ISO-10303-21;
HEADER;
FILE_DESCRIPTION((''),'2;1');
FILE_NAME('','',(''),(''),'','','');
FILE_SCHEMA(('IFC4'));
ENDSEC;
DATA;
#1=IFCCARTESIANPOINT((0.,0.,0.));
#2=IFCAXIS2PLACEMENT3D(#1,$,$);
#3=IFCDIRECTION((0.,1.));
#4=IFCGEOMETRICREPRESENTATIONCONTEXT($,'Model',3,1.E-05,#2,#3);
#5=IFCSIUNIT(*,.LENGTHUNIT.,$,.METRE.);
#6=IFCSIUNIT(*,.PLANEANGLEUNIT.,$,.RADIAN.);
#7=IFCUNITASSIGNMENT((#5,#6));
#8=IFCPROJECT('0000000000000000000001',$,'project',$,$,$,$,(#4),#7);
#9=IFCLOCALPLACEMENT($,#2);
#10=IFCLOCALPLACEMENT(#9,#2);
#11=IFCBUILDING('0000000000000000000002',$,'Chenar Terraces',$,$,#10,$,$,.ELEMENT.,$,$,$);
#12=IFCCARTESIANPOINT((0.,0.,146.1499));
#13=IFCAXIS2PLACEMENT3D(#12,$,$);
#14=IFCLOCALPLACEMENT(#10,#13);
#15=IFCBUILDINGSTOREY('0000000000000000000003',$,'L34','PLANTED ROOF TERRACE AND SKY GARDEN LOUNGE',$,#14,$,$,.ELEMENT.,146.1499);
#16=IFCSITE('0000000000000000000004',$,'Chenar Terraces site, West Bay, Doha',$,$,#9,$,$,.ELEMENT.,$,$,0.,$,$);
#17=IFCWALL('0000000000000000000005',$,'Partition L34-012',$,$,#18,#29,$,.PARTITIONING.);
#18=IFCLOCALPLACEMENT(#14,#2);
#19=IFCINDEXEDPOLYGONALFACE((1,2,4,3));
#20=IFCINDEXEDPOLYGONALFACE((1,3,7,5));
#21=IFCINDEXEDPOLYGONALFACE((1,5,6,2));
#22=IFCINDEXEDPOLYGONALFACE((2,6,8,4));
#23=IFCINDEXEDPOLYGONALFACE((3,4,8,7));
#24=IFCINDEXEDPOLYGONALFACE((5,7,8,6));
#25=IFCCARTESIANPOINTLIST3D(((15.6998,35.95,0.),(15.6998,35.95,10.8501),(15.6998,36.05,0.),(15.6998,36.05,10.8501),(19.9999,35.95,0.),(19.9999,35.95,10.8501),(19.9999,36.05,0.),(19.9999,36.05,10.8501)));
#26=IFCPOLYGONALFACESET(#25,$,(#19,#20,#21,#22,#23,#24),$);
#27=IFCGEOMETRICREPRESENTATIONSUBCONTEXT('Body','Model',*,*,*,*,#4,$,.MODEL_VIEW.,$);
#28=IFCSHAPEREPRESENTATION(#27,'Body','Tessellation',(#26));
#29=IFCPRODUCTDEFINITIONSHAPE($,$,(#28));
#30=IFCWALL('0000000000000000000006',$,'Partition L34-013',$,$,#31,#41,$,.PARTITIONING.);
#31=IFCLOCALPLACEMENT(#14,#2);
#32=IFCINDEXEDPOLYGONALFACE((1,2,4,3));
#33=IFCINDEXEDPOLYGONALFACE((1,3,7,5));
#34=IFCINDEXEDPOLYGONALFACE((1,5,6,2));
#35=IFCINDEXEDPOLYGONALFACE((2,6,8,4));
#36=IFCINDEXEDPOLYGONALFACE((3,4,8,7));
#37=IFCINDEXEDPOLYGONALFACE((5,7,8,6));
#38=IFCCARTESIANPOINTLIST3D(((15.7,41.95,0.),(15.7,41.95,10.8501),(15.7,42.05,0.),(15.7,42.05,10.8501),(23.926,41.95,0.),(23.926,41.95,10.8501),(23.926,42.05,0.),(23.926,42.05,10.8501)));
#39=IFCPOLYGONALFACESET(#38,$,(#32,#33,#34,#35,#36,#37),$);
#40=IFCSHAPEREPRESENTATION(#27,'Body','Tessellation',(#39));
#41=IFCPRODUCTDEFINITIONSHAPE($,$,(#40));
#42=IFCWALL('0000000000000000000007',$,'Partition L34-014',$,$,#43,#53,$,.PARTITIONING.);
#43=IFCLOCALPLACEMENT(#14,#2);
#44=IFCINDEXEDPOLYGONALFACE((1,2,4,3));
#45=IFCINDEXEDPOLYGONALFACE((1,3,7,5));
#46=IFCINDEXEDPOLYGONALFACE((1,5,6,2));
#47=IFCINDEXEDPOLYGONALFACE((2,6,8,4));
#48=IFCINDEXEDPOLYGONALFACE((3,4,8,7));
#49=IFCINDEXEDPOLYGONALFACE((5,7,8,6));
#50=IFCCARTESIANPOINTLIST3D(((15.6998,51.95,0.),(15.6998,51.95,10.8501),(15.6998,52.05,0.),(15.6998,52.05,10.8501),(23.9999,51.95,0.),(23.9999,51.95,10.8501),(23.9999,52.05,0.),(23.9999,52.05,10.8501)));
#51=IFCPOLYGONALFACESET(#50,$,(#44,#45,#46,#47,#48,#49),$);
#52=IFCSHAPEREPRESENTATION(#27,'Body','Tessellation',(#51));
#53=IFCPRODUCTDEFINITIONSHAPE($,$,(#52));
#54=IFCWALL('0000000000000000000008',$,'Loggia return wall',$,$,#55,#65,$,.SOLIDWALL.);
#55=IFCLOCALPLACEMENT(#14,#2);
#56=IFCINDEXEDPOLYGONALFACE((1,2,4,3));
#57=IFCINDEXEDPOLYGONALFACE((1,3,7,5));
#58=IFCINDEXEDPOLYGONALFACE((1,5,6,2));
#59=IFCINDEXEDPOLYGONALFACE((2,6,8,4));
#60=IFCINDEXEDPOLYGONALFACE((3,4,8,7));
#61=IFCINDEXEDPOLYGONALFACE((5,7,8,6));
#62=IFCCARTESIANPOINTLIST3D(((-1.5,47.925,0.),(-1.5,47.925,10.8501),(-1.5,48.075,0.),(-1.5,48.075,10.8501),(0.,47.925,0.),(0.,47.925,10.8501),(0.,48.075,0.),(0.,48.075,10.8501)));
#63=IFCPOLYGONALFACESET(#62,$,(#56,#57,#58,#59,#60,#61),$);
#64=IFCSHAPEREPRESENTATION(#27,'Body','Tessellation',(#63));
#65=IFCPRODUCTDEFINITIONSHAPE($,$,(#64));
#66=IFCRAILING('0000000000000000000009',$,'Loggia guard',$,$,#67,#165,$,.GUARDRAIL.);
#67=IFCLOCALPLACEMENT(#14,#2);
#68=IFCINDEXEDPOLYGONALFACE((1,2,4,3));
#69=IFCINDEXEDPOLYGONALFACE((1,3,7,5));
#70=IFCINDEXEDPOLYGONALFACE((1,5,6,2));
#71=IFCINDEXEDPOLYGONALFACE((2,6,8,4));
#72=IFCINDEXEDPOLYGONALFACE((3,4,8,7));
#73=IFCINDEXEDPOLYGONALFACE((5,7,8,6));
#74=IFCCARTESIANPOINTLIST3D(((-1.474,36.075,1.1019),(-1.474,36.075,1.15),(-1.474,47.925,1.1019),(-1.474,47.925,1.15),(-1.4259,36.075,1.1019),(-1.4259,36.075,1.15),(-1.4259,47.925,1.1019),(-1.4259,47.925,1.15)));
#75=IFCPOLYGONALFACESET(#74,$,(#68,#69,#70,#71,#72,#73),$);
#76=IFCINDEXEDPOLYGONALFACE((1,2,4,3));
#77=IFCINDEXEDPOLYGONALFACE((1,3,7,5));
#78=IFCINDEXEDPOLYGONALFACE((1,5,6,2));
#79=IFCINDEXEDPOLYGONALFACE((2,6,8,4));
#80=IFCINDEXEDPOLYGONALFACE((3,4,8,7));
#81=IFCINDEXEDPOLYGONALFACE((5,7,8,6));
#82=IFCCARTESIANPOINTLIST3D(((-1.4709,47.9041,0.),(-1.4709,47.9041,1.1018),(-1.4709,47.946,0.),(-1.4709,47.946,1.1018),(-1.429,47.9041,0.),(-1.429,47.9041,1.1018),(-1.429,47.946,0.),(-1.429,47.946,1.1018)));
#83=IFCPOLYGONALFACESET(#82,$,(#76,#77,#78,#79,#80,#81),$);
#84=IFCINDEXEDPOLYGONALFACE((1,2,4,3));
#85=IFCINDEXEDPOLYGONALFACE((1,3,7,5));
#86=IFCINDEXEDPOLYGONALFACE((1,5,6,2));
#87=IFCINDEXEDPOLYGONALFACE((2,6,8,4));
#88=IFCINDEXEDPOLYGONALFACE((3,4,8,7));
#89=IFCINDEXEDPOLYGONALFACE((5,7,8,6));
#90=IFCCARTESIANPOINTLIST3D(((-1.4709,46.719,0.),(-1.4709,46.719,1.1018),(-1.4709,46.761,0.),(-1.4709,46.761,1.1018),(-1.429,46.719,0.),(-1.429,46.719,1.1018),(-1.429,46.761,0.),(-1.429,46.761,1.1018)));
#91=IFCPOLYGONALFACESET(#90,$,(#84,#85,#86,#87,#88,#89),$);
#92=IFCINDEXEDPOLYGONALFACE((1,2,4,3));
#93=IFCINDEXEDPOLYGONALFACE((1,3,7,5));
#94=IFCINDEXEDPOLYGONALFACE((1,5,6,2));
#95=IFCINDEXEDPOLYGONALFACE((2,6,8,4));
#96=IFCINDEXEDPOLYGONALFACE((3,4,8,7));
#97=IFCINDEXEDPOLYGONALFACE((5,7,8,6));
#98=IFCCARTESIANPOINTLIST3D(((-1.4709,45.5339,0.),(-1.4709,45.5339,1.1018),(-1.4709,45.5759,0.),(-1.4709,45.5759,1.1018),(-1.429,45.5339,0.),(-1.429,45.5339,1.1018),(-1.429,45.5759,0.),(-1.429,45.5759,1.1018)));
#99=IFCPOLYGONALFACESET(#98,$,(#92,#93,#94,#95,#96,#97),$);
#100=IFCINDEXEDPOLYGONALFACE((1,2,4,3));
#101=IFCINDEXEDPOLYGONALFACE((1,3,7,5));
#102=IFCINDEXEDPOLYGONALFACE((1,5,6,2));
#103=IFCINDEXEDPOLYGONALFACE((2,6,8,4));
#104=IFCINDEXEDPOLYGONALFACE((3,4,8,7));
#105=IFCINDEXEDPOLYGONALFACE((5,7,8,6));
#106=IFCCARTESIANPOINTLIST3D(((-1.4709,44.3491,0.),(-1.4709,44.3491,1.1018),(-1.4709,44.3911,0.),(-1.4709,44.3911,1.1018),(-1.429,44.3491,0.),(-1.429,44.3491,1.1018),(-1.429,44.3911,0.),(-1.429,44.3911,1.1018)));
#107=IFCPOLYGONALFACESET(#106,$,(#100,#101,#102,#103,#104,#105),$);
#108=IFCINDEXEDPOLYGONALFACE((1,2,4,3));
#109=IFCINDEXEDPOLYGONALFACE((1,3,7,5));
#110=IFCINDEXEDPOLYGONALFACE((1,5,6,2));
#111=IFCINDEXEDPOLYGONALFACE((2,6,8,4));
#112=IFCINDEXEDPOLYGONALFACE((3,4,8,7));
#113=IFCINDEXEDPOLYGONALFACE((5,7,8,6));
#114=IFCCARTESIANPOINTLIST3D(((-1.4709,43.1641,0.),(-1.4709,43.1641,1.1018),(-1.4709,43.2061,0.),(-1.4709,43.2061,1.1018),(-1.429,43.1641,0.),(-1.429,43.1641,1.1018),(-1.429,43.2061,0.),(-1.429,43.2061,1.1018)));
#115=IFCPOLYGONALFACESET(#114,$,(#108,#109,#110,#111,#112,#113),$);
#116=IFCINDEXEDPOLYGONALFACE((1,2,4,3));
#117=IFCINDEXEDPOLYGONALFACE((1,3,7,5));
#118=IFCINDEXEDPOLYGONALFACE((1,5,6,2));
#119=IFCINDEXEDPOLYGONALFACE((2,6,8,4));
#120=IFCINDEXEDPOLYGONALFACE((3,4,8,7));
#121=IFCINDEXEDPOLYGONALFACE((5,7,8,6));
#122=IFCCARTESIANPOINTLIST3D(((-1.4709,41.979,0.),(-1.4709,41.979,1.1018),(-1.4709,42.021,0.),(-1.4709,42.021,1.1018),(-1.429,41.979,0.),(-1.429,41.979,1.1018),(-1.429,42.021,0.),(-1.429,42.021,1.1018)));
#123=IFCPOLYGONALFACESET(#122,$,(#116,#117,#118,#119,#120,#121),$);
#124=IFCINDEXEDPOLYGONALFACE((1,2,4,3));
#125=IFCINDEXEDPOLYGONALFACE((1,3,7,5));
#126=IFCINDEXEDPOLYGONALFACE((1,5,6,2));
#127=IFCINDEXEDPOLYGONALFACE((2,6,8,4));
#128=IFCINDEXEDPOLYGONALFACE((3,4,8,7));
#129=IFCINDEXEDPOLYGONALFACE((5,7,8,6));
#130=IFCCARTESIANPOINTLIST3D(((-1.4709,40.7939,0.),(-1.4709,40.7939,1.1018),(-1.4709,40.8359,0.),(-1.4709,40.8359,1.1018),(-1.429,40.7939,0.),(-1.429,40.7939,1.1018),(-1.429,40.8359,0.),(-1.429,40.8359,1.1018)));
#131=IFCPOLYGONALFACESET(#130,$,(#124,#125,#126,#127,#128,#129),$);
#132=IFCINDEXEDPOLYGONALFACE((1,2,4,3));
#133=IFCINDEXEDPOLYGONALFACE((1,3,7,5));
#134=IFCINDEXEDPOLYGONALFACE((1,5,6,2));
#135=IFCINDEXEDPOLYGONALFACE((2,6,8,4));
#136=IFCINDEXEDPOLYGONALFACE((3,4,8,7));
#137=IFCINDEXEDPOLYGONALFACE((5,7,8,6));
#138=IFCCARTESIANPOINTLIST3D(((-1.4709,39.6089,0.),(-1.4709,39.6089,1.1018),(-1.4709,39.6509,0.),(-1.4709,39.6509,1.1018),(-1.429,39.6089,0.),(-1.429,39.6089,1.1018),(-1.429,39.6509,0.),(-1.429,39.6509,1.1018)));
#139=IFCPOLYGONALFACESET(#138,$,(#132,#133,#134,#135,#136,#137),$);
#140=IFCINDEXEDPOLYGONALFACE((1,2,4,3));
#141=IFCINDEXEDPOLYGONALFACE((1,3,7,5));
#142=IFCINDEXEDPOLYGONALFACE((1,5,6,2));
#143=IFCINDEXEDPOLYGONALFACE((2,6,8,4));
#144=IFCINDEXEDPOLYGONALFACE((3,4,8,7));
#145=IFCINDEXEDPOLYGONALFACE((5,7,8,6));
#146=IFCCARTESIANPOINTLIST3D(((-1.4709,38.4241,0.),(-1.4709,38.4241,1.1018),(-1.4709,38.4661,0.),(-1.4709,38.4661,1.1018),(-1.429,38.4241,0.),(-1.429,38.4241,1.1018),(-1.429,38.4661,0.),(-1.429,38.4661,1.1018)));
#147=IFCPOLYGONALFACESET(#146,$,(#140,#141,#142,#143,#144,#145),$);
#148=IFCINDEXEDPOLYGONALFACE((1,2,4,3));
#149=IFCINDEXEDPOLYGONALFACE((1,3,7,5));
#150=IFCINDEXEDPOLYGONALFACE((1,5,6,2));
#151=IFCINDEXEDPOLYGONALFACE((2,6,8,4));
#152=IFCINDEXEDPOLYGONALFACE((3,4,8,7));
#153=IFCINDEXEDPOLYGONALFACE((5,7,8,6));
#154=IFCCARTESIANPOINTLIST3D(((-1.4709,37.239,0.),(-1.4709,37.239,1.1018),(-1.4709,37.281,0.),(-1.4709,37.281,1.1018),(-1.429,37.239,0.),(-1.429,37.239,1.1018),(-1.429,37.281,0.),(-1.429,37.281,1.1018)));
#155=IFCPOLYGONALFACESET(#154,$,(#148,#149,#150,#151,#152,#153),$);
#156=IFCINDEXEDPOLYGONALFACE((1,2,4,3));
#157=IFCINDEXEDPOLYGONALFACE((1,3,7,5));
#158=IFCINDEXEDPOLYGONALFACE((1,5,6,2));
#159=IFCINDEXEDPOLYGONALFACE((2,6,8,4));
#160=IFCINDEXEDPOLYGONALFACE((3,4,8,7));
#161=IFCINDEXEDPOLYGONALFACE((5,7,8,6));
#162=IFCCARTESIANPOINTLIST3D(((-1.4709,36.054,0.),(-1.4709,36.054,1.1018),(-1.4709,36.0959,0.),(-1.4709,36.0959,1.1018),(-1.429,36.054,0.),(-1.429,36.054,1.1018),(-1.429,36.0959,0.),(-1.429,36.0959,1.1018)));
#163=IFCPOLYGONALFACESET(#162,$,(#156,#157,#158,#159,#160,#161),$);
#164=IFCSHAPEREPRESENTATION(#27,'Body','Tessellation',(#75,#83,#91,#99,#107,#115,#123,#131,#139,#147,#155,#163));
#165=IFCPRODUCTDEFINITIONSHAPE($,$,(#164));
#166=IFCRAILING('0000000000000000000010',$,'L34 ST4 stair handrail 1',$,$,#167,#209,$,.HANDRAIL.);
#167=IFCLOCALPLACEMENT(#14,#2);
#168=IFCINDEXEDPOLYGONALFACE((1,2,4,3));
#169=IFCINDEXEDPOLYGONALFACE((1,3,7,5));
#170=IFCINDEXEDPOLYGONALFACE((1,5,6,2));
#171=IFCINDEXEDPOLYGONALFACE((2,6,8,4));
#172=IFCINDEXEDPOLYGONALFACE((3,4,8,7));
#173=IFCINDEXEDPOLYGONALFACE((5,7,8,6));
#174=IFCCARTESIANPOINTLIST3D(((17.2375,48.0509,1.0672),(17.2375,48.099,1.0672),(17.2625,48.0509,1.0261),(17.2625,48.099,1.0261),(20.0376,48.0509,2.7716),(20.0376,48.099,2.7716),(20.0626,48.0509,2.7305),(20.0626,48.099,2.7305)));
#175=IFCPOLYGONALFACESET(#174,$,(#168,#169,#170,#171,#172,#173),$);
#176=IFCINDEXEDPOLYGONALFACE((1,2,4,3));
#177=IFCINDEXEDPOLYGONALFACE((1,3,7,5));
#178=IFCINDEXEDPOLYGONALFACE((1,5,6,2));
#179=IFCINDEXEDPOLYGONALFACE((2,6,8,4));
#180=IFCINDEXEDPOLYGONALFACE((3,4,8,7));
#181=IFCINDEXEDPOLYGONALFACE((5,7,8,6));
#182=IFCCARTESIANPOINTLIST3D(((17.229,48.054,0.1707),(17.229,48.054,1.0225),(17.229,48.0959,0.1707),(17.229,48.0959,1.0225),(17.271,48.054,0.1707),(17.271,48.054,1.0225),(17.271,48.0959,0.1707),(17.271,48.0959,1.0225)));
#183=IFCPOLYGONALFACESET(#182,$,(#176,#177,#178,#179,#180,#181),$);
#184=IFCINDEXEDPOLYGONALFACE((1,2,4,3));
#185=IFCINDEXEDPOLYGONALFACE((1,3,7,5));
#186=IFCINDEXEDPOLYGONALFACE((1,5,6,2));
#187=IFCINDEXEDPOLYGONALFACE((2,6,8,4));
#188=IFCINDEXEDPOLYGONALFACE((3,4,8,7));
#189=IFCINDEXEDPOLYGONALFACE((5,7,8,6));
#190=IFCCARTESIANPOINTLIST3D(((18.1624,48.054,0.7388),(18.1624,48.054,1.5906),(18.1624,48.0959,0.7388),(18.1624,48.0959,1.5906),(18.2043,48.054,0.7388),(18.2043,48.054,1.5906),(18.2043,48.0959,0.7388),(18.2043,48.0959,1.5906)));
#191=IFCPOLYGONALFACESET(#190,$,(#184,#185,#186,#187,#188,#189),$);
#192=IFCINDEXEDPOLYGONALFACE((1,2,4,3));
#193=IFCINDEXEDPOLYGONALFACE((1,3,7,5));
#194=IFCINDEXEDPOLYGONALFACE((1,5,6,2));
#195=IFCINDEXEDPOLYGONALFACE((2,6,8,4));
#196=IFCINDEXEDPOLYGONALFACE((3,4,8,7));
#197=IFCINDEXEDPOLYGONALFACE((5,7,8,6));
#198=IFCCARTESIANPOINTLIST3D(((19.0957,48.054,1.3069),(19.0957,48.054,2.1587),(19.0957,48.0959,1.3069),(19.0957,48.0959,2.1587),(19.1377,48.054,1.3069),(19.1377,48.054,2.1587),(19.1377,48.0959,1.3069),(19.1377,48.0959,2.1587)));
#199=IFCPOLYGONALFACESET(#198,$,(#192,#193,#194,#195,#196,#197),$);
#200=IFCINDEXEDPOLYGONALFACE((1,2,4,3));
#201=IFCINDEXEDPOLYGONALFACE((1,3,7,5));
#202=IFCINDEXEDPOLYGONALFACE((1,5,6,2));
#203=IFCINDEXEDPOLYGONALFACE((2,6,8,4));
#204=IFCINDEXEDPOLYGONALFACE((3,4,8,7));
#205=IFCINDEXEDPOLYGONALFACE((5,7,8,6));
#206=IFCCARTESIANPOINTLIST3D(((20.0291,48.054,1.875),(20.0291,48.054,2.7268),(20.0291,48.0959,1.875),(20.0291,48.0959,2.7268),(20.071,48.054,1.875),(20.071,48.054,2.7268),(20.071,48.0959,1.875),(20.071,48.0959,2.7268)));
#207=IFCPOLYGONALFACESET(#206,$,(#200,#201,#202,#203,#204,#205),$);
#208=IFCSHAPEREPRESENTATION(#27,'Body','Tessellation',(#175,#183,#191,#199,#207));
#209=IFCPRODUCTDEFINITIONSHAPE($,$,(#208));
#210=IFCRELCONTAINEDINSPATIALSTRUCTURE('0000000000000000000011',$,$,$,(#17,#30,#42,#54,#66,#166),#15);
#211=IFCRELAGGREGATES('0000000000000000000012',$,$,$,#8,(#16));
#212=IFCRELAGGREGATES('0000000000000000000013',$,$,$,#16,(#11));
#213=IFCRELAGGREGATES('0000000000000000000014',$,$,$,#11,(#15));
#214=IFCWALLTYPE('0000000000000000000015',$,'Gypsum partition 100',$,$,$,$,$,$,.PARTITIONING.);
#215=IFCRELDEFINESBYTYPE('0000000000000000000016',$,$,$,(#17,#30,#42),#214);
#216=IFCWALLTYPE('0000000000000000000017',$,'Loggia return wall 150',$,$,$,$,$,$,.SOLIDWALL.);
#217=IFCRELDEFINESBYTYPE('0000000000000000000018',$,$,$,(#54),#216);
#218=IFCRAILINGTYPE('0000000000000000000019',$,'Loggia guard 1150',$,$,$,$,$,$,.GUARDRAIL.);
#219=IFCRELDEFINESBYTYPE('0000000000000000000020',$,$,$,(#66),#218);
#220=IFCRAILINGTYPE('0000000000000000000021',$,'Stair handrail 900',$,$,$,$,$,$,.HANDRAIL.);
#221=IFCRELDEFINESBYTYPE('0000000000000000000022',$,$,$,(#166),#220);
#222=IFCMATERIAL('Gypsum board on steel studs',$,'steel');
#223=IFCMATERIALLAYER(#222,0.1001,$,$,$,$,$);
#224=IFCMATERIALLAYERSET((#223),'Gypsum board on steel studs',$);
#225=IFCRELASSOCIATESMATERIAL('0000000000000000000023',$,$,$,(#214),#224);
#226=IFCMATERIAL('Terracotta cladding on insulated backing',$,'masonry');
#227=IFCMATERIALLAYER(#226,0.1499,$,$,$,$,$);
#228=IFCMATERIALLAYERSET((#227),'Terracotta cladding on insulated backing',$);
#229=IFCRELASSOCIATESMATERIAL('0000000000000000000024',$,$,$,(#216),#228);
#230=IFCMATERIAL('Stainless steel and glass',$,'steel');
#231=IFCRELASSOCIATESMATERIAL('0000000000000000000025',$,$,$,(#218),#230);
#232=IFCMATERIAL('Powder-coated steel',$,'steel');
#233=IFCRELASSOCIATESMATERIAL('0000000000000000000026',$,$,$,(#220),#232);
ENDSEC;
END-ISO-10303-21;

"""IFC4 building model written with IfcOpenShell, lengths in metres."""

from ifc_helpers import new_model, si_unit, direction, frame, frame_2d, origin, origin_2d, place, context, subcontext, project, spatial, rectangle, extrude, material, layer, layer_set, type_object, element, save


model = new_model("IFC4")

# Units and contexts
model_context = context("Model", 3, precision=1e-05, world=origin(), true_north=direction((0.0, 1.0)))
body_context = subcontext(model_context, "Body", "Model", "MODEL_VIEW")
ifc_project = project(units=[si_unit("LENGTHUNIT", "METRE"), si_unit("PLANEANGLEUNIT", "RADIAN")], contexts=[model_context])

# Site, building, storey
site_placement = place(None, origin())
site = spatial("IfcSite", under=ifc_project, at=site_placement, Name="Chenar Terraces site, West Bay, Doha", CompositionType="ELEMENT", RefElevation=0.0)
building_placement = place(site_placement, origin())
building = spatial("IfcBuilding", under=site, at=building_placement, Name="Chenar Terraces", CompositionType="ELEMENT")
storey_placement = place(building_placement, frame((0.0, 0.0, 146.1499)))
storey = spatial("IfcBuildingStorey", under=building, at=storey_placement, Name="L34", Description="PLANTED ROOF TERRACE AND SKY GARDEN LOUNGE", CompositionType="ELEMENT", Elevation=146.1499)

# Walls
ifc_material_1 = material(Name="Gypsum board on steel studs", Category="steel")
ifc_layer_1 = layer(ifc_material_1, 0.1001)
ifc_layer_set_1 = layer_set([ifc_layer_1], Name="Gypsum board on steel studs")
wall_type_1 = type_object("IfcWallType", Name="Gypsum partition 100", PredefinedType="PARTITIONING", material=ifc_layer_set_1)
wall_1_placement = place(storey_placement, frame((15.7, 36.0, 0.0), z_axis=(0.0, 0.0, 1.0), x_axis=(1.0, 0.0, 0.0)))
element("IfcWall", 1, at=wall_1_placement, inside=storey, type_object=wall_type_1, Name="Partition L34-012", PredefinedType="PARTITIONING", context=body_context, shape_type="SweptSolid", body=[
    extrude(rectangle(XDim=4.3, YDim=0.1001, at=frame_2d((2.1499, 0.0))), origin(), (0.0, 0.0, 1.0), 10.8501),
])
wall_2_placement = place(storey_placement, frame((15.7, 42.0, 0.0), z_axis=(0.0, 0.0, 1.0), x_axis=(1.0, 0.0, 0.0)))
element("IfcWall", 2, at=wall_2_placement, inside=storey, type_object=wall_type_1, Name="Partition L34-013", PredefinedType="PARTITIONING", context=body_context, shape_type="SweptSolid", body=[
    extrude(rectangle(XDim=8.2261, YDim=0.1001, at=frame_2d((4.113, 0.0))), origin(), (0.0, 0.0, 1.0), 10.8501),
])
wall_3_placement = place(storey_placement, frame((15.7, 52.0, 0.0), z_axis=(0.0, 0.0, 1.0), x_axis=(1.0, 0.0, 0.0)))
element("IfcWall", 3, at=wall_3_placement, inside=storey, type_object=wall_type_1, Name="Partition L34-014", PredefinedType="PARTITIONING", context=body_context, shape_type="SweptSolid", body=[
    extrude(rectangle(XDim=8.3, YDim=0.1001, at=frame_2d((4.1499, 0.0))), origin(), (0.0, 0.0, 1.0), 10.8501),
])
ifc_material_2 = material(Name="Terracotta cladding on insulated backing", Category="masonry")
ifc_layer_2 = layer(ifc_material_2, 0.1499)
ifc_layer_set_2 = layer_set([ifc_layer_2], Name="Terracotta cladding on insulated backing")
wall_type_2 = type_object("IfcWallType", Name="Loggia return wall 150", PredefinedType="SOLIDWALL", material=ifc_layer_set_2)
wall_4_placement = place(storey_placement, frame((-1.5, 48.0, 0.0), z_axis=(0.0, 0.0, 1.0), x_axis=(1.0, 0.0, 0.0)))
element("IfcWall", 4, at=wall_4_placement, inside=storey, type_object=wall_type_2, Name="Loggia return wall", PredefinedType="SOLIDWALL", context=body_context, shape_type="SweptSolid", body=[
    extrude(rectangle(XDim=1.5, YDim=0.1499, at=frame_2d((0.75, 0.0))), origin(), (0.0, 0.0, 1.0), 10.8501),
])

# Railings
ifc_material_3 = material(Name="Stainless steel and glass", Category="steel")
railing_type_1 = type_object("IfcRailingType", Name="Loggia guard 1150", PredefinedType="GUARDRAIL", material=ifc_material_3)
railing_placement = place(storey_placement, frame((-1.45, 47.925, 0.0)))
element("IfcRailing", 5, at=railing_placement, inside=storey, type_object=railing_type_1, Name="Loggia guard", PredefinedType="GUARDRAIL", context=body_context, shape_type="SweptSolid", body=[
    extrude(rectangle(XDim=0.0481, YDim=0.0481, at=origin_2d()), frame((0.0, 0.0, 1.126), z_axis=(0.0, -1.0, 0.0), x_axis=(1.0, 0.0, 0.0)), (0.0, 0.0, 1.0), 11.8501),
    extrude(rectangle(XDim=0.042, YDim=0.042, at=origin_2d()), origin(), (0.0, 0.0, 1.0), 1.1018),
    extrude(rectangle(XDim=0.042, YDim=0.042, at=origin_2d()), frame((0.0, -1.1851, 0.0)), (0.0, 0.0, 1.0), 1.1018),
    extrude(rectangle(XDim=0.042, YDim=0.042, at=origin_2d()), frame((0.0, -2.3701, 0.0)), (0.0, 0.0, 1.0), 1.1018),
    extrude(rectangle(XDim=0.042, YDim=0.042, at=origin_2d()), frame((0.0, -3.5549, 0.0)), (0.0, 0.0, 1.0), 1.1018),
    extrude(rectangle(XDim=0.042, YDim=0.042, at=origin_2d()), frame((0.0, -4.74, 0.0)), (0.0, 0.0, 1.0), 1.1018),
    extrude(rectangle(XDim=0.042, YDim=0.042, at=origin_2d()), frame((0.0, -5.925, 0.0)), (0.0, 0.0, 1.0), 1.1018),
    extrude(rectangle(XDim=0.042, YDim=0.042, at=origin_2d()), frame((0.0, -7.1101, 0.0)), (0.0, 0.0, 1.0), 1.1018),
    extrude(rectangle(XDim=0.042, YDim=0.042, at=origin_2d()), frame((0.0, -8.2952, 0.0)), (0.0, 0.0, 1.0), 1.1018),
    extrude(rectangle(XDim=0.042, YDim=0.042, at=origin_2d()), frame((0.0, -9.48, 0.0)), (0.0, 0.0, 1.0), 1.1018),
    extrude(rectangle(XDim=0.042, YDim=0.042, at=origin_2d()), frame((0.0, -10.665, 0.0)), (0.0, 0.0, 1.0), 1.1018),
    extrude(rectangle(XDim=0.042, YDim=0.042, at=origin_2d()), frame((0.0, -11.8501, 0.0)), (0.0, 0.0, 1.0), 1.1018),
])
ifc_material_4 = material(Name="Powder-coated steel", Category="steel")
railing_type_2 = type_object("IfcRailingType", Name="Stair handrail 900", PredefinedType="HANDRAIL", material=ifc_material_4)
for number, where, name in (
    (6, (17.25, 48.075, 0.1707), "L34 ST4 stair handrail 1"),
):
    element("IfcRailing", number, at=place(storey_placement, frame(where)), inside=storey, type_object=railing_type_2, Name=name, PredefinedType="HANDRAIL", context=body_context, shape_type="SweptSolid", body=[
        extrude(rectangle(XDim=0.0481, YDim=0.0481, at=origin_2d()), frame((0.0, 0.0, 0.876), z_axis=(0.854203, 0.0, 0.51994), x_axis=(0.0, 1.0, 0.0)), (0.0, 0.0, 1.0), 3.2781),
        extrude(rectangle(XDim=0.042, YDim=0.042, at=origin_2d()), origin(), (0.0, 0.0, 1.0), 0.8518),
        extrude(rectangle(XDim=0.042, YDim=0.042, at=origin_2d()), frame((0.9333, 0.0, 0.5681)), (0.0, 0.0, 1.0), 0.8518),
        extrude(rectangle(XDim=0.042, YDim=0.042, at=origin_2d()), frame((1.8667, 0.0, 1.1362)), (0.0, 0.0, 1.0), 0.8518),
        extrude(rectangle(XDim=0.042, YDim=0.042, at=origin_2d()), frame((2.8, 0.0, 1.7043)), (0.0, 0.0, 1.0), 0.8518),
    ])

save(model, "model.ifc")
